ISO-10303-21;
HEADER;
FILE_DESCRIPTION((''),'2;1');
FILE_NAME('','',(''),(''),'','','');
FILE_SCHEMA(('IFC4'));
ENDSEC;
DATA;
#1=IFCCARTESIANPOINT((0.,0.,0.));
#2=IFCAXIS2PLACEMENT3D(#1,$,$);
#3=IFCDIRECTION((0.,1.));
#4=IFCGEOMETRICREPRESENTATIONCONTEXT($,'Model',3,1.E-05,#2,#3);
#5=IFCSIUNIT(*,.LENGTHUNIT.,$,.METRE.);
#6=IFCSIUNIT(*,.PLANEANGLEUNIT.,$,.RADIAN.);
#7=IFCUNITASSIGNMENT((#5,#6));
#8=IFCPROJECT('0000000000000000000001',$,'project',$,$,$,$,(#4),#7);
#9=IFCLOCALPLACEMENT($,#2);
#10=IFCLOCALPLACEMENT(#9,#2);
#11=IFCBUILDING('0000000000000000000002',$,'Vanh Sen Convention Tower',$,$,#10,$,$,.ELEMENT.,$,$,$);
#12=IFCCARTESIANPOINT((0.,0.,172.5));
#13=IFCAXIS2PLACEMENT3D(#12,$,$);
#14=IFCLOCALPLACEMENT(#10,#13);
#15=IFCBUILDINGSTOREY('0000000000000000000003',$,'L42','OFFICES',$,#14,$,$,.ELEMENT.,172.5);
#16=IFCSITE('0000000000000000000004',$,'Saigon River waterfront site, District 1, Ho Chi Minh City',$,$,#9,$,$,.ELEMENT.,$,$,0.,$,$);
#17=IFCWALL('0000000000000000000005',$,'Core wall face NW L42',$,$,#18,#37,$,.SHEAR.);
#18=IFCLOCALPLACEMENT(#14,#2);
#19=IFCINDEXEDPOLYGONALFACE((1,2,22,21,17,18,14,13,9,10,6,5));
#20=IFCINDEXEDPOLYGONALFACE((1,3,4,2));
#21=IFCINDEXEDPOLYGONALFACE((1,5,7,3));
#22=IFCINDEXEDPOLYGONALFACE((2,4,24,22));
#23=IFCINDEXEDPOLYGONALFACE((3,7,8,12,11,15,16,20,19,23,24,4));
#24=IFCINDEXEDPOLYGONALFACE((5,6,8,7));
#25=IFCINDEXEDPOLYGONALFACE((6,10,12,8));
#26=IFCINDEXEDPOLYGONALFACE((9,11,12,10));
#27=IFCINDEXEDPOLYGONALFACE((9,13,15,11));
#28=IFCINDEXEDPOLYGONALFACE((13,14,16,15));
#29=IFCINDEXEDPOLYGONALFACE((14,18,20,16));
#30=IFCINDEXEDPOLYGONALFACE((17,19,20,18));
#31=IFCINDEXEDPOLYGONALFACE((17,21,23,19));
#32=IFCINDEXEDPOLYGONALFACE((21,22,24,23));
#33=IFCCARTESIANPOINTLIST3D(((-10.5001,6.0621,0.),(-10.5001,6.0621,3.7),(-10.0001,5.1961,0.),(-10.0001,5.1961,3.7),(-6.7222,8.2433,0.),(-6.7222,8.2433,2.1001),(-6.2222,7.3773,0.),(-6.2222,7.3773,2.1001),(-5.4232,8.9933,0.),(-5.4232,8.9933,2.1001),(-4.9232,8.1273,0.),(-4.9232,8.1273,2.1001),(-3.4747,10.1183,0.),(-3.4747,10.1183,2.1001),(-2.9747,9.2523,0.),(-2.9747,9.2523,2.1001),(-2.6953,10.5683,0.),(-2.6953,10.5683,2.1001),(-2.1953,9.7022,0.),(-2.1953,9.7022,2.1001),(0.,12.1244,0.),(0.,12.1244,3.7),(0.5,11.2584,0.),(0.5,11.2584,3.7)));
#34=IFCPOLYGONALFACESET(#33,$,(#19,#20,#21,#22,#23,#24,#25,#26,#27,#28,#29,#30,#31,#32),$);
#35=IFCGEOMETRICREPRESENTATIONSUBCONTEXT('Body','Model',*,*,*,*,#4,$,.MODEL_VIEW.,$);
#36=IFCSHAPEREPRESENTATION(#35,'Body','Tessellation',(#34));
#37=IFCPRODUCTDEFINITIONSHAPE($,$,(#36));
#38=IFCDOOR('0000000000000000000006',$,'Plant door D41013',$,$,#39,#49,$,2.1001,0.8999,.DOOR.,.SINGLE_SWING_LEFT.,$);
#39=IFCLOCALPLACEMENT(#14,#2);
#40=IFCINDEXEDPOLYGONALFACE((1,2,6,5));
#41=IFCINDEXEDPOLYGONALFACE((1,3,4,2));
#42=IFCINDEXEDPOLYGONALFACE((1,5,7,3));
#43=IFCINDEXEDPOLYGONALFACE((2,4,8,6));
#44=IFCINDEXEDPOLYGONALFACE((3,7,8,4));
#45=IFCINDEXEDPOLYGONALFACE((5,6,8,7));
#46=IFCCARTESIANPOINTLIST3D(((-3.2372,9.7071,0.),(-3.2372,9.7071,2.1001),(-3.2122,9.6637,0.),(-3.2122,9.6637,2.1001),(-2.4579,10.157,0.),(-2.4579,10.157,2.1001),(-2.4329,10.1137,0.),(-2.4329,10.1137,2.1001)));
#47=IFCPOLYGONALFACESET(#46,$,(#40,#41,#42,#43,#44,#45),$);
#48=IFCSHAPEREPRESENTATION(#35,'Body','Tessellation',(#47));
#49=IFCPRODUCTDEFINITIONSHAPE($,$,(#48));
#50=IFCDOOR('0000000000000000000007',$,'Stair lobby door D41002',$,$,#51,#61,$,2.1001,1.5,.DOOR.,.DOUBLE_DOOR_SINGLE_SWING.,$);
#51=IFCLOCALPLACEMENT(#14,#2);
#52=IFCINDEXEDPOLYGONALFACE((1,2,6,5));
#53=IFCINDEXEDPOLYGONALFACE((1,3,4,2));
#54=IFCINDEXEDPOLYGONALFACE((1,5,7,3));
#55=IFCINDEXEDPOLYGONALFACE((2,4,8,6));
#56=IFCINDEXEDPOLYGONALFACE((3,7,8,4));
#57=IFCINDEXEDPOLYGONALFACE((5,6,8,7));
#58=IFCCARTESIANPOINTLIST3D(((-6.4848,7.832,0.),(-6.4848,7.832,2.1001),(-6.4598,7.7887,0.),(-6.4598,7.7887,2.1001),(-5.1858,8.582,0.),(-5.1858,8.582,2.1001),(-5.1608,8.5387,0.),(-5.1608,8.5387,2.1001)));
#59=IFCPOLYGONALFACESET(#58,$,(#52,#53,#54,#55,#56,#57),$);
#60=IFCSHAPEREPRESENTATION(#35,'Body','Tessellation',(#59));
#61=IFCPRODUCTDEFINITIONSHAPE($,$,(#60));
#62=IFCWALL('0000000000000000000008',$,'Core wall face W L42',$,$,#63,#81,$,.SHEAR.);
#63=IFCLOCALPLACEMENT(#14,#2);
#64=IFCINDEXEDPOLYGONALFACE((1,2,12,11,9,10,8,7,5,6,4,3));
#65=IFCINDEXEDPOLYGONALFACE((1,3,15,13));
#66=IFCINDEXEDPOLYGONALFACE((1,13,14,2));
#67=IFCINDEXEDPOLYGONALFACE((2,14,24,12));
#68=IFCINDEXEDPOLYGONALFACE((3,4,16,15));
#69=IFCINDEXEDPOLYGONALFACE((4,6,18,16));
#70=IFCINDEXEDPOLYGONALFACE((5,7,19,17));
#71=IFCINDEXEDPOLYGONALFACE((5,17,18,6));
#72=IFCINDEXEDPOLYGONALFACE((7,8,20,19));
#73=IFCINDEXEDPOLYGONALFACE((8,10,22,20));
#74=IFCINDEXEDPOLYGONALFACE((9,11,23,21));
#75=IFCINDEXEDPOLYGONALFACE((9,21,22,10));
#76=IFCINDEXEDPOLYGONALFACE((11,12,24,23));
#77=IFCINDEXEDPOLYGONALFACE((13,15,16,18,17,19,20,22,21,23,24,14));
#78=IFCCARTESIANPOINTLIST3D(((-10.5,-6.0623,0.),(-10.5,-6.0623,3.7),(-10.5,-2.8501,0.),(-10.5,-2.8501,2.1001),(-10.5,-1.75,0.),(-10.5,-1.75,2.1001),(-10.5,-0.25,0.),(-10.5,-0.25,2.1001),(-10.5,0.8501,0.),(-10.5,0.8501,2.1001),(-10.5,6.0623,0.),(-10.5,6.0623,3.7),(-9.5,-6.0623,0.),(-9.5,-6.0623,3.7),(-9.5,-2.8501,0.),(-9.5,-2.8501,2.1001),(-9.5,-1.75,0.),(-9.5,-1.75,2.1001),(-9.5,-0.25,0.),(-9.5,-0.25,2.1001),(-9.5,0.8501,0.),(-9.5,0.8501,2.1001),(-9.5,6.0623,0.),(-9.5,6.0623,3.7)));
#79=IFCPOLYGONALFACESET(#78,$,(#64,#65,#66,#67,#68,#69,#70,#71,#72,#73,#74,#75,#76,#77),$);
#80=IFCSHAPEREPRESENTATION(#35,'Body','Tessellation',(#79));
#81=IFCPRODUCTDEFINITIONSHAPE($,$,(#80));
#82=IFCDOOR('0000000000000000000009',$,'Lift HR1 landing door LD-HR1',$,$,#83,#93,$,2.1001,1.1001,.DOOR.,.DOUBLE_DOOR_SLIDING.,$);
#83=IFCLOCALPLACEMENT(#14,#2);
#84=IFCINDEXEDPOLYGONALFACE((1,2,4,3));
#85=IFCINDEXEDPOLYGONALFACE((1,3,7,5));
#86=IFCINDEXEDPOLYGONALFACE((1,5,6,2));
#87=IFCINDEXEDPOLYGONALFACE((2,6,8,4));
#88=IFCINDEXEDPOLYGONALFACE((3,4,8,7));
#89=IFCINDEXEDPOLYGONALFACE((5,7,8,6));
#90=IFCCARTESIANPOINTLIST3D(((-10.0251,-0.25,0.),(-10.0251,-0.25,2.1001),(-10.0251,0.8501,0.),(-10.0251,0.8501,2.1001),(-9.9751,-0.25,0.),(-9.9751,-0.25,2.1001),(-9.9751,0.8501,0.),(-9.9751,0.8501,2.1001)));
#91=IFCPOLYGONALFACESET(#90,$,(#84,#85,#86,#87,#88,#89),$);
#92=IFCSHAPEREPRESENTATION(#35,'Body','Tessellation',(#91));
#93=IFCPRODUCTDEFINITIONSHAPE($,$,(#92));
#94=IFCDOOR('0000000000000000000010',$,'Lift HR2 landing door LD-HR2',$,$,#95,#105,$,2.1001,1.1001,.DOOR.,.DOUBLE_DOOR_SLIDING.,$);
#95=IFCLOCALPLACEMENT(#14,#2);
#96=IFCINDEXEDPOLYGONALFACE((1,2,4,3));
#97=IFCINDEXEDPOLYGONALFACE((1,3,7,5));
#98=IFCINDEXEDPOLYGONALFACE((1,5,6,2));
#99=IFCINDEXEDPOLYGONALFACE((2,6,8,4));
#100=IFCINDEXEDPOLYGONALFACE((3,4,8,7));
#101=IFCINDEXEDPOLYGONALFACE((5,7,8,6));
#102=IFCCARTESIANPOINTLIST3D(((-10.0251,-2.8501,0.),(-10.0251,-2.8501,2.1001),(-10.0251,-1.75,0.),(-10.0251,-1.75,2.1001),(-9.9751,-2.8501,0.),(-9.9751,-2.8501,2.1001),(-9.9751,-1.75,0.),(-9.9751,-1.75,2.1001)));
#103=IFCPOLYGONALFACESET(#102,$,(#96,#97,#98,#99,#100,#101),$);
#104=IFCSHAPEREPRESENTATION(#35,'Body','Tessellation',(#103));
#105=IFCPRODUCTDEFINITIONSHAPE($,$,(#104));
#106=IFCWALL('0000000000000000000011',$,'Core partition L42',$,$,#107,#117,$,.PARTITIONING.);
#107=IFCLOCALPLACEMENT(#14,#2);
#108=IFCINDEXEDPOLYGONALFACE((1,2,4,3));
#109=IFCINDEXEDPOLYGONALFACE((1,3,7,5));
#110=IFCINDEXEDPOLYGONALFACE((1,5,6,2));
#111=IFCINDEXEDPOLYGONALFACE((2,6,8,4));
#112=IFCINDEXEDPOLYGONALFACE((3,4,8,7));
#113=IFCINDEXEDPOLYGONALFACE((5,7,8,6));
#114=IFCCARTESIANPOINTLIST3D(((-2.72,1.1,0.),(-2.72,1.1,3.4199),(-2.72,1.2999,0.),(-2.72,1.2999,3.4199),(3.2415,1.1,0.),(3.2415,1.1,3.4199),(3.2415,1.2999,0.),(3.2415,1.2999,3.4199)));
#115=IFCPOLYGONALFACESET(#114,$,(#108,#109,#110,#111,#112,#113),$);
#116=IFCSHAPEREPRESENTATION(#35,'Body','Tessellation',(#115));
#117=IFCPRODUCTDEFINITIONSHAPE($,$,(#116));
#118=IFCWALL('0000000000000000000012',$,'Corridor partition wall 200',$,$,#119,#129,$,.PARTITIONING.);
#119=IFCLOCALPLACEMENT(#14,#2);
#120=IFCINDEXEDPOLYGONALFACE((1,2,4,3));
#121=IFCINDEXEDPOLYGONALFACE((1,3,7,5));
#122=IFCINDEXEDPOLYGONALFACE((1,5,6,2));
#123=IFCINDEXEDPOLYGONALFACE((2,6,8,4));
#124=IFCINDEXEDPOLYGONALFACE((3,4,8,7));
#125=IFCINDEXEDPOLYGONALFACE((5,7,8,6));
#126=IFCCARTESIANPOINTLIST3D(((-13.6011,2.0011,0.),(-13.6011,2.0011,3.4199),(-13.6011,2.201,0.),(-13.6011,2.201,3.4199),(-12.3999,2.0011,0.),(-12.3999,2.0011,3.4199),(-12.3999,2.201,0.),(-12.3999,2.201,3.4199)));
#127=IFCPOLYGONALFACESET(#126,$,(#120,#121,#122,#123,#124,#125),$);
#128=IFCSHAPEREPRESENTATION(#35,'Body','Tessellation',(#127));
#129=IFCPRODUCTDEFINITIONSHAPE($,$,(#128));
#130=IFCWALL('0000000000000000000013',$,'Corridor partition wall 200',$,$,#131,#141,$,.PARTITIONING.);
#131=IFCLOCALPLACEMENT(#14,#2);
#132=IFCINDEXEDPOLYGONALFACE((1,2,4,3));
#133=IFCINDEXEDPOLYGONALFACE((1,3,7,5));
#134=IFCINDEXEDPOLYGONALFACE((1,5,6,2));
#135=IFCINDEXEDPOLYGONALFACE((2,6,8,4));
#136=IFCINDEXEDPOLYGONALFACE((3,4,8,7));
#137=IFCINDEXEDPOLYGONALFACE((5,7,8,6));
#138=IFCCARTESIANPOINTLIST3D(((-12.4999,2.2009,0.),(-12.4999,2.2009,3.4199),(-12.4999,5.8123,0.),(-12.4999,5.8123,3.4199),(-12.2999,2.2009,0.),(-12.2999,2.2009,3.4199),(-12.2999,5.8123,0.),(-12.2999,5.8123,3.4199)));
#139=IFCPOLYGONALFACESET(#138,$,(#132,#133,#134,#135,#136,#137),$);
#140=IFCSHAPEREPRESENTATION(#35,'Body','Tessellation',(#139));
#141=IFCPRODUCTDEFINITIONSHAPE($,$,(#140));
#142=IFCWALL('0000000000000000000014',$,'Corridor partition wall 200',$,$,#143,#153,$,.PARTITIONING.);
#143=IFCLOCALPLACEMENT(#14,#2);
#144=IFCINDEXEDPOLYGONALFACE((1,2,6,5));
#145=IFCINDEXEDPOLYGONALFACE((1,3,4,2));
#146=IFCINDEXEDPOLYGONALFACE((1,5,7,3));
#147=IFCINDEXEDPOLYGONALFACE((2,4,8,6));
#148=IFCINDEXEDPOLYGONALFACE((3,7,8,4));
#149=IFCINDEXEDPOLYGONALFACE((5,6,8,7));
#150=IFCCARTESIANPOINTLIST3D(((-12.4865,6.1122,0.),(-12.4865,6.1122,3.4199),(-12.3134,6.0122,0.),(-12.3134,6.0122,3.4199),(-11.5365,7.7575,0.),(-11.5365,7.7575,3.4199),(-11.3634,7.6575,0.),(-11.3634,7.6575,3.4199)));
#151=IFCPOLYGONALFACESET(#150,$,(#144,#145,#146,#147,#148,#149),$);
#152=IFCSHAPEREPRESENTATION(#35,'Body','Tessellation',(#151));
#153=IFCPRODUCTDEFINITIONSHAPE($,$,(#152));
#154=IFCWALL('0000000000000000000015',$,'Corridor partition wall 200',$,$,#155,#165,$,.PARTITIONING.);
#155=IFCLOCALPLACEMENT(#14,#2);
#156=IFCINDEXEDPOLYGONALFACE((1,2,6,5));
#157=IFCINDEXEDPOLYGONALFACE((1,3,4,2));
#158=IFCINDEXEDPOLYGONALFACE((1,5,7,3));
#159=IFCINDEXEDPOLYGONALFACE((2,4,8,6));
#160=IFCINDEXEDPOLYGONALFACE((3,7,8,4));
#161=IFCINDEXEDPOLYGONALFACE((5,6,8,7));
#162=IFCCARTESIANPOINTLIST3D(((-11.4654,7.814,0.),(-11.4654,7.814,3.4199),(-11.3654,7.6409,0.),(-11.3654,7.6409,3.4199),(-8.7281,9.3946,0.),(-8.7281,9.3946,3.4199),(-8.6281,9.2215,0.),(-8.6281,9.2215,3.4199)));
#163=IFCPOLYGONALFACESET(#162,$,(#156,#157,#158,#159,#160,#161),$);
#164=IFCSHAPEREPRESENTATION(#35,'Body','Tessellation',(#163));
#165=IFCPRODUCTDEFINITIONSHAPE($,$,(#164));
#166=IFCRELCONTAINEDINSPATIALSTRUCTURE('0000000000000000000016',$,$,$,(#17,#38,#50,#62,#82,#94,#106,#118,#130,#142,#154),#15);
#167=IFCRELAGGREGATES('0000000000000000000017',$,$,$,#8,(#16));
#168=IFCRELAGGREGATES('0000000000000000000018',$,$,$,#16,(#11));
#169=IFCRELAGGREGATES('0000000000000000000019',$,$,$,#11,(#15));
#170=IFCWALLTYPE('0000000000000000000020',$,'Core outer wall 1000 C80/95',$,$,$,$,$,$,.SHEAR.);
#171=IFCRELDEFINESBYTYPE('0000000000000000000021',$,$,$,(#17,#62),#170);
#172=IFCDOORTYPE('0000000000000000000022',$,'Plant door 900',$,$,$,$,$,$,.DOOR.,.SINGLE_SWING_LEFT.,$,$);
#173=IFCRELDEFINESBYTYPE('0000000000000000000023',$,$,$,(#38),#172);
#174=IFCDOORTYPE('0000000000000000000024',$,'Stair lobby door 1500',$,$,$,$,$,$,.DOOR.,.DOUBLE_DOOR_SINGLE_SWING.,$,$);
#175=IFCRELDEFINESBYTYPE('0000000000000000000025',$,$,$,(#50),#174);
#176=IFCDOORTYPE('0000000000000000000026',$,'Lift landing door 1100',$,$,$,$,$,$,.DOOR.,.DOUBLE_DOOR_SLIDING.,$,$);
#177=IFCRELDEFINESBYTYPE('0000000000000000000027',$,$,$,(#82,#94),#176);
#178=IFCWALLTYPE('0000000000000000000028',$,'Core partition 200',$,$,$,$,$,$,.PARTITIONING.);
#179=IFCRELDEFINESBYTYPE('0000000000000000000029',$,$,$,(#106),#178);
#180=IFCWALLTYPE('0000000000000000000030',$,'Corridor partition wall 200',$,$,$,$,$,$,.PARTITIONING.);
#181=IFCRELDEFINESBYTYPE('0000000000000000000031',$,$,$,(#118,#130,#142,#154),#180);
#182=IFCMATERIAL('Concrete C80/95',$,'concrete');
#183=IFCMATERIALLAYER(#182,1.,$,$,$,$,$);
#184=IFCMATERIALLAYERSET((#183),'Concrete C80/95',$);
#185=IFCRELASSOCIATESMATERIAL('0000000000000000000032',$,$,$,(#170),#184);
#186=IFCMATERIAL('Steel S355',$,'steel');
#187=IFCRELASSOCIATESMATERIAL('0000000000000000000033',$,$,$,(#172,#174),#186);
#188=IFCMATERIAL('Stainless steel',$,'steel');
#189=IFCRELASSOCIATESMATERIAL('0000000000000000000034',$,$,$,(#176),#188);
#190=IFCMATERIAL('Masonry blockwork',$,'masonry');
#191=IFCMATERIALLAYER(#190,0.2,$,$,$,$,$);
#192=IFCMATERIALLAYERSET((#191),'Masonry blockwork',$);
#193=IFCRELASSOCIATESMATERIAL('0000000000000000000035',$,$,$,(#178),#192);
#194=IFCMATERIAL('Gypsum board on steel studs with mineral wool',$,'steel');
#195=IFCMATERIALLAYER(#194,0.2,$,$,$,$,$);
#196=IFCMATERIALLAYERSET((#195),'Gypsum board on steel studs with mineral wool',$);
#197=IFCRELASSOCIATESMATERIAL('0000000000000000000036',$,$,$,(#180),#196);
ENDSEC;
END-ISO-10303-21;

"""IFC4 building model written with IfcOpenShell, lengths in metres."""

from ifc_helpers import new_model, si_unit, direction, frame, frame_2d, origin, place, context, subcontext, project, spatial, rectangle, extrude, material, layer, layer_set, type_object, element, fill, save


model = new_model("IFC4")

# Units and contexts
model_context = context("Model", 3, precision=1e-05, world=origin(), true_north=direction((0.0, 1.0)))
body_context = subcontext(model_context, "Body", "Model", "MODEL_VIEW")
ifc_project = project(units=[si_unit("LENGTHUNIT", "METRE"), si_unit("PLANEANGLEUNIT", "RADIAN")], contexts=[model_context])

# Site, building, storey
site_placement = place(None, origin())
site = spatial("IfcSite", under=ifc_project, at=site_placement, Name="Saigon River waterfront site, District 1, Ho Chi Minh City", CompositionType="ELEMENT", RefElevation=0.0)
building_placement = place(site_placement, origin())
building = spatial("IfcBuilding", under=site, at=building_placement, Name="Vanh Sen Convention Tower", CompositionType="ELEMENT")
storey_placement = place(building_placement, frame((0.0, 0.0, 172.5)))
storey = spatial("IfcBuildingStorey", under=building, at=storey_placement, Name="L42", Description="OFFICES", CompositionType="ELEMENT", Elevation=172.5)

# Walls, openings, doors
ifc_material_1 = material(Name="Concrete C80/95", Category="concrete")
ifc_layer_1 = layer(ifc_material_1, 1.0)
ifc_layer_set_1 = layer_set([ifc_layer_1], Name="Concrete C80/95")
wall_type_1 = type_object("IfcWallType", Name="Core outer wall 1000 C80/95", PredefinedType="SHEAR", material=ifc_layer_set_1)
wall_1_placement = place(storey_placement, frame((0.25, 11.6914, 0.0), z_axis=(0.0, 0.0, 1.0), x_axis=(-0.866023, -0.500005, 0.0)))
wall_1 = element("IfcWall", 1, at=wall_1_placement, inside=storey, type_object=wall_type_1, Name="Core wall face NW L42", PredefinedType="SHEAR", context=body_context, shape_type="SweptSolid", body=[
    extrude(rectangle(XDim=12.1245, YDim=1.0, at=frame_2d((6.0623, 0.0))), origin(), (0.0, 0.0, 1.0), 3.7),
])
opening_1_placement = place(wall_1_placement, frame((6.2622, 0.0, 0.0)))
opening_1 = element("IfcOpeningElement", 2, at=opening_1_placement, cuts=wall_1, PredefinedType="OPENING", context=body_context, shape_type="SweptSolid", body=[
    extrude(rectangle(XDim=1.5, YDim=2.1001, at=frame_2d((0.75, 1.05))), frame((0.0, 0.51, 0.0), z_axis=(0.0, -1.0, 0.0), x_axis=(1.0, 0.0, 0.0)), (0.0, 0.0, 1.0), 1.02),
])
opening_2_placement = place(wall_1_placement, frame((3.1123, 0.0, 0.0)))
opening_2 = element("IfcOpeningElement", 3, at=opening_2_placement, cuts=wall_1, PredefinedType="OPENING", context=body_context, shape_type="SweptSolid", body=[
    extrude(rectangle(XDim=0.8999, YDim=2.1001, at=frame_2d((0.45, 1.05))), frame((0.0, 0.51, 0.0), z_axis=(0.0, -1.0, 0.0), x_axis=(1.0, 0.0, 0.0)), (0.0, 0.0, 1.0), 1.02),
])
ifc_material_2 = material(Name="Steel S355", Category="steel")
door_type_1 = type_object("IfcDoorType", Name="Plant door 900", OperationType="SINGLE_SWING_LEFT", PredefinedType="DOOR", material=ifc_material_2)
door_1_placement = place(opening_2_placement, origin())
door_1 = element("IfcDoor", 4, at=door_1_placement, inside=storey, type_object=door_type_1, Name="Plant door D41013", OperationType="SINGLE_SWING_LEFT", OverallHeight=2.1001, OverallWidth=0.8999, PredefinedType="DOOR", context=body_context, shape_type="SweptSolid", body=[
    extrude(rectangle(XDim=0.8999, YDim=2.1001, at=frame_2d((0.45, 1.05))), frame((0.0, 0.0249, 0.0), z_axis=(0.0, -1.0, 0.0), x_axis=(1.0, 0.0, 0.0)), (0.0, 0.0, 1.0), 0.05),
])
fill(opening_2, door_1)
door_type_2 = type_object("IfcDoorType", Name="Stair lobby door 1500", OperationType="DOUBLE_DOOR_SINGLE_SWING", PredefinedType="DOOR", material=ifc_material_2)
door_2_placement = place(opening_1_placement, origin())
door_2 = element("IfcDoor", 5, at=door_2_placement, inside=storey, type_object=door_type_2, Name="Stair lobby door D41002", OperationType="DOUBLE_DOOR_SINGLE_SWING", OverallHeight=2.1001, OverallWidth=1.5, PredefinedType="DOOR", context=body_context, shape_type="SweptSolid", body=[
    extrude(rectangle(XDim=1.5, YDim=2.1001, at=frame_2d((0.75, 1.05))), frame((0.0, 0.0249, 0.0), z_axis=(0.0, -1.0, 0.0), x_axis=(1.0, 0.0, 0.0)), (0.0, 0.0, 1.0), 0.05),
])
fill(opening_1, door_2)
wall_2_placement = place(storey_placement, frame((-10.0, 6.0623, 0.0), z_axis=(0.0, 0.0, 1.0), x_axis=(0.0, -1.0, 0.0)))
wall_2 = element("IfcWall", 6, at=wall_2_placement, inside=storey, type_object=wall_type_1, Name="Core wall face W L42", PredefinedType="SHEAR", context=body_context, shape_type="SweptSolid", body=[
    extrude(rectangle(XDim=12.1245, YDim=1.0, at=frame_2d((6.0623, 0.0))), origin(), (0.0, 0.0, 1.0), 3.7),
])
opening_3_placement = place(wall_2_placement, frame((5.2122, 0.0, 0.0)))
opening_3 = element("IfcOpeningElement", 7, at=opening_3_placement, cuts=wall_2, PredefinedType="OPENING", context=body_context, shape_type="SweptSolid", body=[
    extrude(rectangle(XDim=1.1001, YDim=2.1001, at=frame_2d((0.55, 1.05))), frame((0.0, 0.51, 0.0), z_axis=(0.0, -1.0, 0.0), x_axis=(1.0, 0.0, 0.0)), (0.0, 0.0, 1.0), 1.02),
])
opening_4_placement = place(wall_2_placement, frame((7.8123, 0.0, 0.0)))
opening_4 = element("IfcOpeningElement", 8, at=opening_4_placement, cuts=wall_2, PredefinedType="OPENING", context=body_context, shape_type="SweptSolid", body=[
    extrude(rectangle(XDim=1.1001, YDim=2.1001, at=frame_2d((0.55, 1.05))), frame((0.0, 0.51, 0.0), z_axis=(0.0, -1.0, 0.0), x_axis=(1.0, 0.0, 0.0)), (0.0, 0.0, 1.0), 1.02),
])
ifc_material_3 = material(Name="Stainless steel", Category="steel")
door_type_3 = type_object("IfcDoorType", Name="Lift landing door 1100", OperationType="DOUBLE_DOOR_SLIDING", PredefinedType="DOOR", material=ifc_material_3)
door_3_placement = place(opening_3_placement, origin())
door_3 = element("IfcDoor", 9, at=door_3_placement, inside=storey, type_object=door_type_3, Name="Lift HR1 landing door LD-HR1", OperationType="DOUBLE_DOOR_SLIDING", OverallHeight=2.1001, OverallWidth=1.1001, PredefinedType="DOOR", context=body_context, shape_type="SweptSolid", body=[
    extrude(rectangle(XDim=1.1001, YDim=2.1001, at=frame_2d((0.55, 1.05))), frame((0.0, 0.0249, 0.0), z_axis=(0.0, -1.0, 0.0), x_axis=(1.0, 0.0, 0.0)), (0.0, 0.0, 1.0), 0.05),
])
fill(opening_3, door_3)
door_4_placement = place(opening_4_placement, origin())
door_4 = element("IfcDoor", 10, at=door_4_placement, inside=storey, type_object=door_type_3, Name="Lift HR2 landing door LD-HR2", OperationType="DOUBLE_DOOR_SLIDING", OverallHeight=2.1001, OverallWidth=1.1001, PredefinedType="DOOR", context=body_context, shape_type="SweptSolid", body=[
    extrude(rectangle(XDim=1.1001, YDim=2.1001, at=frame_2d((0.55, 1.05))), frame((0.0, 0.0249, 0.0), z_axis=(0.0, -1.0, 0.0), x_axis=(1.0, 0.0, 0.0)), (0.0, 0.0, 1.0), 0.05),
])
fill(opening_4, door_4)

# Walls
ifc_material_4 = material(Name="Masonry blockwork", Category="masonry")
ifc_layer_2 = layer(ifc_material_4, 0.2)
ifc_layer_set_2 = layer_set([ifc_layer_2], Name="Masonry blockwork")
wall_type_2 = type_object("IfcWallType", Name="Core partition 200", PredefinedType="PARTITIONING", material=ifc_layer_set_2)
wall_3_placement = place(storey_placement, frame((-2.72, 1.2, 0.0), z_axis=(0.0, 0.0, 1.0), x_axis=(1.0, 0.0, 0.0)))
element("IfcWall", 11, at=wall_3_placement, inside=storey, type_object=wall_type_2, Name="Core partition L42", PredefinedType="PARTITIONING", context=body_context, shape_type="SweptSolid", body=[
    extrude(rectangle(XDim=5.9614, YDim=0.2, at=frame_2d((2.9807, 0.0))), origin(), (0.0, 0.0, 1.0), 3.4199),
])
ifc_material_5 = material(Name="Gypsum board on steel studs with mineral wool", Category="steel")
ifc_layer_3 = layer(ifc_material_5, 0.2)
ifc_layer_set_3 = layer_set([ifc_layer_3], Name="Gypsum board on steel studs with mineral wool")
wall_type_3 = type_object("IfcWallType", Name="Corridor partition wall 200", PredefinedType="PARTITIONING", material=ifc_layer_set_3)
wall_4_placement = place(storey_placement, frame((-12.3999, 2.1011, 0.0), z_axis=(0.0, 0.0, 1.0), x_axis=(-1.0, 0.0, 0.0)))
element("IfcWall", 12, at=wall_4_placement, inside=storey, type_object=wall_type_3, Name="Corridor partition wall 200", PredefinedType="PARTITIONING", context=body_context, shape_type="SweptSolid", body=[
    extrude(rectangle(XDim=1.2012, YDim=0.2, at=frame_2d((0.6006, 0.0))), origin(), (0.0, 0.0, 1.0), 3.4199),
])
wall_5_placement = place(storey_placement, frame((-12.3999, 5.8123, 0.0), z_axis=(0.0, 0.0, 1.0), x_axis=(0.0, -1.0, 0.0)))
element("IfcWall", 13, at=wall_5_placement, inside=storey, type_object=wall_type_3, Name="Corridor partition wall 200", PredefinedType="PARTITIONING", context=body_context, shape_type="SweptSolid", body=[
    extrude(rectangle(XDim=3.6113, YDim=0.2, at=frame_2d((1.8057, 0.0))), origin(), (0.0, 0.0, 1.0), 3.4199),
])
wall_6_placement = place(storey_placement, frame((-11.45, 7.7075, 0.0), z_axis=(0.0, 0.0, 1.0), x_axis=(-0.500023, -0.866012, 0.0)))
element("IfcWall", 14, at=wall_6_placement, inside=storey, type_object=wall_type_3, Name="Corridor partition wall 200", PredefinedType="PARTITIONING", context=body_context, shape_type="SweptSolid", body=[
    extrude(rectangle(XDim=1.8999, YDim=0.2, at=frame_2d((0.95, 0.0))), origin(), (0.0, 0.0, 1.0), 3.4199),
])
wall_7_placement = place(storey_placement, frame((-8.678, 9.3081, 0.0), z_axis=(0.0, 0.0, 1.0), x_axis=(-0.866, -0.500043, 0.0)))
element("IfcWall", 15, at=wall_7_placement, inside=storey, type_object=wall_type_3, Name="Corridor partition wall 200", PredefinedType="PARTITIONING", context=body_context, shape_type="SweptSolid", body=[
    extrude(rectangle(XDim=3.1609, YDim=0.2, at=frame_2d((1.5806, 0.0))), origin(), (0.0, 0.0, 1.0), 3.4199),
])

save(model, "model.ifc")
